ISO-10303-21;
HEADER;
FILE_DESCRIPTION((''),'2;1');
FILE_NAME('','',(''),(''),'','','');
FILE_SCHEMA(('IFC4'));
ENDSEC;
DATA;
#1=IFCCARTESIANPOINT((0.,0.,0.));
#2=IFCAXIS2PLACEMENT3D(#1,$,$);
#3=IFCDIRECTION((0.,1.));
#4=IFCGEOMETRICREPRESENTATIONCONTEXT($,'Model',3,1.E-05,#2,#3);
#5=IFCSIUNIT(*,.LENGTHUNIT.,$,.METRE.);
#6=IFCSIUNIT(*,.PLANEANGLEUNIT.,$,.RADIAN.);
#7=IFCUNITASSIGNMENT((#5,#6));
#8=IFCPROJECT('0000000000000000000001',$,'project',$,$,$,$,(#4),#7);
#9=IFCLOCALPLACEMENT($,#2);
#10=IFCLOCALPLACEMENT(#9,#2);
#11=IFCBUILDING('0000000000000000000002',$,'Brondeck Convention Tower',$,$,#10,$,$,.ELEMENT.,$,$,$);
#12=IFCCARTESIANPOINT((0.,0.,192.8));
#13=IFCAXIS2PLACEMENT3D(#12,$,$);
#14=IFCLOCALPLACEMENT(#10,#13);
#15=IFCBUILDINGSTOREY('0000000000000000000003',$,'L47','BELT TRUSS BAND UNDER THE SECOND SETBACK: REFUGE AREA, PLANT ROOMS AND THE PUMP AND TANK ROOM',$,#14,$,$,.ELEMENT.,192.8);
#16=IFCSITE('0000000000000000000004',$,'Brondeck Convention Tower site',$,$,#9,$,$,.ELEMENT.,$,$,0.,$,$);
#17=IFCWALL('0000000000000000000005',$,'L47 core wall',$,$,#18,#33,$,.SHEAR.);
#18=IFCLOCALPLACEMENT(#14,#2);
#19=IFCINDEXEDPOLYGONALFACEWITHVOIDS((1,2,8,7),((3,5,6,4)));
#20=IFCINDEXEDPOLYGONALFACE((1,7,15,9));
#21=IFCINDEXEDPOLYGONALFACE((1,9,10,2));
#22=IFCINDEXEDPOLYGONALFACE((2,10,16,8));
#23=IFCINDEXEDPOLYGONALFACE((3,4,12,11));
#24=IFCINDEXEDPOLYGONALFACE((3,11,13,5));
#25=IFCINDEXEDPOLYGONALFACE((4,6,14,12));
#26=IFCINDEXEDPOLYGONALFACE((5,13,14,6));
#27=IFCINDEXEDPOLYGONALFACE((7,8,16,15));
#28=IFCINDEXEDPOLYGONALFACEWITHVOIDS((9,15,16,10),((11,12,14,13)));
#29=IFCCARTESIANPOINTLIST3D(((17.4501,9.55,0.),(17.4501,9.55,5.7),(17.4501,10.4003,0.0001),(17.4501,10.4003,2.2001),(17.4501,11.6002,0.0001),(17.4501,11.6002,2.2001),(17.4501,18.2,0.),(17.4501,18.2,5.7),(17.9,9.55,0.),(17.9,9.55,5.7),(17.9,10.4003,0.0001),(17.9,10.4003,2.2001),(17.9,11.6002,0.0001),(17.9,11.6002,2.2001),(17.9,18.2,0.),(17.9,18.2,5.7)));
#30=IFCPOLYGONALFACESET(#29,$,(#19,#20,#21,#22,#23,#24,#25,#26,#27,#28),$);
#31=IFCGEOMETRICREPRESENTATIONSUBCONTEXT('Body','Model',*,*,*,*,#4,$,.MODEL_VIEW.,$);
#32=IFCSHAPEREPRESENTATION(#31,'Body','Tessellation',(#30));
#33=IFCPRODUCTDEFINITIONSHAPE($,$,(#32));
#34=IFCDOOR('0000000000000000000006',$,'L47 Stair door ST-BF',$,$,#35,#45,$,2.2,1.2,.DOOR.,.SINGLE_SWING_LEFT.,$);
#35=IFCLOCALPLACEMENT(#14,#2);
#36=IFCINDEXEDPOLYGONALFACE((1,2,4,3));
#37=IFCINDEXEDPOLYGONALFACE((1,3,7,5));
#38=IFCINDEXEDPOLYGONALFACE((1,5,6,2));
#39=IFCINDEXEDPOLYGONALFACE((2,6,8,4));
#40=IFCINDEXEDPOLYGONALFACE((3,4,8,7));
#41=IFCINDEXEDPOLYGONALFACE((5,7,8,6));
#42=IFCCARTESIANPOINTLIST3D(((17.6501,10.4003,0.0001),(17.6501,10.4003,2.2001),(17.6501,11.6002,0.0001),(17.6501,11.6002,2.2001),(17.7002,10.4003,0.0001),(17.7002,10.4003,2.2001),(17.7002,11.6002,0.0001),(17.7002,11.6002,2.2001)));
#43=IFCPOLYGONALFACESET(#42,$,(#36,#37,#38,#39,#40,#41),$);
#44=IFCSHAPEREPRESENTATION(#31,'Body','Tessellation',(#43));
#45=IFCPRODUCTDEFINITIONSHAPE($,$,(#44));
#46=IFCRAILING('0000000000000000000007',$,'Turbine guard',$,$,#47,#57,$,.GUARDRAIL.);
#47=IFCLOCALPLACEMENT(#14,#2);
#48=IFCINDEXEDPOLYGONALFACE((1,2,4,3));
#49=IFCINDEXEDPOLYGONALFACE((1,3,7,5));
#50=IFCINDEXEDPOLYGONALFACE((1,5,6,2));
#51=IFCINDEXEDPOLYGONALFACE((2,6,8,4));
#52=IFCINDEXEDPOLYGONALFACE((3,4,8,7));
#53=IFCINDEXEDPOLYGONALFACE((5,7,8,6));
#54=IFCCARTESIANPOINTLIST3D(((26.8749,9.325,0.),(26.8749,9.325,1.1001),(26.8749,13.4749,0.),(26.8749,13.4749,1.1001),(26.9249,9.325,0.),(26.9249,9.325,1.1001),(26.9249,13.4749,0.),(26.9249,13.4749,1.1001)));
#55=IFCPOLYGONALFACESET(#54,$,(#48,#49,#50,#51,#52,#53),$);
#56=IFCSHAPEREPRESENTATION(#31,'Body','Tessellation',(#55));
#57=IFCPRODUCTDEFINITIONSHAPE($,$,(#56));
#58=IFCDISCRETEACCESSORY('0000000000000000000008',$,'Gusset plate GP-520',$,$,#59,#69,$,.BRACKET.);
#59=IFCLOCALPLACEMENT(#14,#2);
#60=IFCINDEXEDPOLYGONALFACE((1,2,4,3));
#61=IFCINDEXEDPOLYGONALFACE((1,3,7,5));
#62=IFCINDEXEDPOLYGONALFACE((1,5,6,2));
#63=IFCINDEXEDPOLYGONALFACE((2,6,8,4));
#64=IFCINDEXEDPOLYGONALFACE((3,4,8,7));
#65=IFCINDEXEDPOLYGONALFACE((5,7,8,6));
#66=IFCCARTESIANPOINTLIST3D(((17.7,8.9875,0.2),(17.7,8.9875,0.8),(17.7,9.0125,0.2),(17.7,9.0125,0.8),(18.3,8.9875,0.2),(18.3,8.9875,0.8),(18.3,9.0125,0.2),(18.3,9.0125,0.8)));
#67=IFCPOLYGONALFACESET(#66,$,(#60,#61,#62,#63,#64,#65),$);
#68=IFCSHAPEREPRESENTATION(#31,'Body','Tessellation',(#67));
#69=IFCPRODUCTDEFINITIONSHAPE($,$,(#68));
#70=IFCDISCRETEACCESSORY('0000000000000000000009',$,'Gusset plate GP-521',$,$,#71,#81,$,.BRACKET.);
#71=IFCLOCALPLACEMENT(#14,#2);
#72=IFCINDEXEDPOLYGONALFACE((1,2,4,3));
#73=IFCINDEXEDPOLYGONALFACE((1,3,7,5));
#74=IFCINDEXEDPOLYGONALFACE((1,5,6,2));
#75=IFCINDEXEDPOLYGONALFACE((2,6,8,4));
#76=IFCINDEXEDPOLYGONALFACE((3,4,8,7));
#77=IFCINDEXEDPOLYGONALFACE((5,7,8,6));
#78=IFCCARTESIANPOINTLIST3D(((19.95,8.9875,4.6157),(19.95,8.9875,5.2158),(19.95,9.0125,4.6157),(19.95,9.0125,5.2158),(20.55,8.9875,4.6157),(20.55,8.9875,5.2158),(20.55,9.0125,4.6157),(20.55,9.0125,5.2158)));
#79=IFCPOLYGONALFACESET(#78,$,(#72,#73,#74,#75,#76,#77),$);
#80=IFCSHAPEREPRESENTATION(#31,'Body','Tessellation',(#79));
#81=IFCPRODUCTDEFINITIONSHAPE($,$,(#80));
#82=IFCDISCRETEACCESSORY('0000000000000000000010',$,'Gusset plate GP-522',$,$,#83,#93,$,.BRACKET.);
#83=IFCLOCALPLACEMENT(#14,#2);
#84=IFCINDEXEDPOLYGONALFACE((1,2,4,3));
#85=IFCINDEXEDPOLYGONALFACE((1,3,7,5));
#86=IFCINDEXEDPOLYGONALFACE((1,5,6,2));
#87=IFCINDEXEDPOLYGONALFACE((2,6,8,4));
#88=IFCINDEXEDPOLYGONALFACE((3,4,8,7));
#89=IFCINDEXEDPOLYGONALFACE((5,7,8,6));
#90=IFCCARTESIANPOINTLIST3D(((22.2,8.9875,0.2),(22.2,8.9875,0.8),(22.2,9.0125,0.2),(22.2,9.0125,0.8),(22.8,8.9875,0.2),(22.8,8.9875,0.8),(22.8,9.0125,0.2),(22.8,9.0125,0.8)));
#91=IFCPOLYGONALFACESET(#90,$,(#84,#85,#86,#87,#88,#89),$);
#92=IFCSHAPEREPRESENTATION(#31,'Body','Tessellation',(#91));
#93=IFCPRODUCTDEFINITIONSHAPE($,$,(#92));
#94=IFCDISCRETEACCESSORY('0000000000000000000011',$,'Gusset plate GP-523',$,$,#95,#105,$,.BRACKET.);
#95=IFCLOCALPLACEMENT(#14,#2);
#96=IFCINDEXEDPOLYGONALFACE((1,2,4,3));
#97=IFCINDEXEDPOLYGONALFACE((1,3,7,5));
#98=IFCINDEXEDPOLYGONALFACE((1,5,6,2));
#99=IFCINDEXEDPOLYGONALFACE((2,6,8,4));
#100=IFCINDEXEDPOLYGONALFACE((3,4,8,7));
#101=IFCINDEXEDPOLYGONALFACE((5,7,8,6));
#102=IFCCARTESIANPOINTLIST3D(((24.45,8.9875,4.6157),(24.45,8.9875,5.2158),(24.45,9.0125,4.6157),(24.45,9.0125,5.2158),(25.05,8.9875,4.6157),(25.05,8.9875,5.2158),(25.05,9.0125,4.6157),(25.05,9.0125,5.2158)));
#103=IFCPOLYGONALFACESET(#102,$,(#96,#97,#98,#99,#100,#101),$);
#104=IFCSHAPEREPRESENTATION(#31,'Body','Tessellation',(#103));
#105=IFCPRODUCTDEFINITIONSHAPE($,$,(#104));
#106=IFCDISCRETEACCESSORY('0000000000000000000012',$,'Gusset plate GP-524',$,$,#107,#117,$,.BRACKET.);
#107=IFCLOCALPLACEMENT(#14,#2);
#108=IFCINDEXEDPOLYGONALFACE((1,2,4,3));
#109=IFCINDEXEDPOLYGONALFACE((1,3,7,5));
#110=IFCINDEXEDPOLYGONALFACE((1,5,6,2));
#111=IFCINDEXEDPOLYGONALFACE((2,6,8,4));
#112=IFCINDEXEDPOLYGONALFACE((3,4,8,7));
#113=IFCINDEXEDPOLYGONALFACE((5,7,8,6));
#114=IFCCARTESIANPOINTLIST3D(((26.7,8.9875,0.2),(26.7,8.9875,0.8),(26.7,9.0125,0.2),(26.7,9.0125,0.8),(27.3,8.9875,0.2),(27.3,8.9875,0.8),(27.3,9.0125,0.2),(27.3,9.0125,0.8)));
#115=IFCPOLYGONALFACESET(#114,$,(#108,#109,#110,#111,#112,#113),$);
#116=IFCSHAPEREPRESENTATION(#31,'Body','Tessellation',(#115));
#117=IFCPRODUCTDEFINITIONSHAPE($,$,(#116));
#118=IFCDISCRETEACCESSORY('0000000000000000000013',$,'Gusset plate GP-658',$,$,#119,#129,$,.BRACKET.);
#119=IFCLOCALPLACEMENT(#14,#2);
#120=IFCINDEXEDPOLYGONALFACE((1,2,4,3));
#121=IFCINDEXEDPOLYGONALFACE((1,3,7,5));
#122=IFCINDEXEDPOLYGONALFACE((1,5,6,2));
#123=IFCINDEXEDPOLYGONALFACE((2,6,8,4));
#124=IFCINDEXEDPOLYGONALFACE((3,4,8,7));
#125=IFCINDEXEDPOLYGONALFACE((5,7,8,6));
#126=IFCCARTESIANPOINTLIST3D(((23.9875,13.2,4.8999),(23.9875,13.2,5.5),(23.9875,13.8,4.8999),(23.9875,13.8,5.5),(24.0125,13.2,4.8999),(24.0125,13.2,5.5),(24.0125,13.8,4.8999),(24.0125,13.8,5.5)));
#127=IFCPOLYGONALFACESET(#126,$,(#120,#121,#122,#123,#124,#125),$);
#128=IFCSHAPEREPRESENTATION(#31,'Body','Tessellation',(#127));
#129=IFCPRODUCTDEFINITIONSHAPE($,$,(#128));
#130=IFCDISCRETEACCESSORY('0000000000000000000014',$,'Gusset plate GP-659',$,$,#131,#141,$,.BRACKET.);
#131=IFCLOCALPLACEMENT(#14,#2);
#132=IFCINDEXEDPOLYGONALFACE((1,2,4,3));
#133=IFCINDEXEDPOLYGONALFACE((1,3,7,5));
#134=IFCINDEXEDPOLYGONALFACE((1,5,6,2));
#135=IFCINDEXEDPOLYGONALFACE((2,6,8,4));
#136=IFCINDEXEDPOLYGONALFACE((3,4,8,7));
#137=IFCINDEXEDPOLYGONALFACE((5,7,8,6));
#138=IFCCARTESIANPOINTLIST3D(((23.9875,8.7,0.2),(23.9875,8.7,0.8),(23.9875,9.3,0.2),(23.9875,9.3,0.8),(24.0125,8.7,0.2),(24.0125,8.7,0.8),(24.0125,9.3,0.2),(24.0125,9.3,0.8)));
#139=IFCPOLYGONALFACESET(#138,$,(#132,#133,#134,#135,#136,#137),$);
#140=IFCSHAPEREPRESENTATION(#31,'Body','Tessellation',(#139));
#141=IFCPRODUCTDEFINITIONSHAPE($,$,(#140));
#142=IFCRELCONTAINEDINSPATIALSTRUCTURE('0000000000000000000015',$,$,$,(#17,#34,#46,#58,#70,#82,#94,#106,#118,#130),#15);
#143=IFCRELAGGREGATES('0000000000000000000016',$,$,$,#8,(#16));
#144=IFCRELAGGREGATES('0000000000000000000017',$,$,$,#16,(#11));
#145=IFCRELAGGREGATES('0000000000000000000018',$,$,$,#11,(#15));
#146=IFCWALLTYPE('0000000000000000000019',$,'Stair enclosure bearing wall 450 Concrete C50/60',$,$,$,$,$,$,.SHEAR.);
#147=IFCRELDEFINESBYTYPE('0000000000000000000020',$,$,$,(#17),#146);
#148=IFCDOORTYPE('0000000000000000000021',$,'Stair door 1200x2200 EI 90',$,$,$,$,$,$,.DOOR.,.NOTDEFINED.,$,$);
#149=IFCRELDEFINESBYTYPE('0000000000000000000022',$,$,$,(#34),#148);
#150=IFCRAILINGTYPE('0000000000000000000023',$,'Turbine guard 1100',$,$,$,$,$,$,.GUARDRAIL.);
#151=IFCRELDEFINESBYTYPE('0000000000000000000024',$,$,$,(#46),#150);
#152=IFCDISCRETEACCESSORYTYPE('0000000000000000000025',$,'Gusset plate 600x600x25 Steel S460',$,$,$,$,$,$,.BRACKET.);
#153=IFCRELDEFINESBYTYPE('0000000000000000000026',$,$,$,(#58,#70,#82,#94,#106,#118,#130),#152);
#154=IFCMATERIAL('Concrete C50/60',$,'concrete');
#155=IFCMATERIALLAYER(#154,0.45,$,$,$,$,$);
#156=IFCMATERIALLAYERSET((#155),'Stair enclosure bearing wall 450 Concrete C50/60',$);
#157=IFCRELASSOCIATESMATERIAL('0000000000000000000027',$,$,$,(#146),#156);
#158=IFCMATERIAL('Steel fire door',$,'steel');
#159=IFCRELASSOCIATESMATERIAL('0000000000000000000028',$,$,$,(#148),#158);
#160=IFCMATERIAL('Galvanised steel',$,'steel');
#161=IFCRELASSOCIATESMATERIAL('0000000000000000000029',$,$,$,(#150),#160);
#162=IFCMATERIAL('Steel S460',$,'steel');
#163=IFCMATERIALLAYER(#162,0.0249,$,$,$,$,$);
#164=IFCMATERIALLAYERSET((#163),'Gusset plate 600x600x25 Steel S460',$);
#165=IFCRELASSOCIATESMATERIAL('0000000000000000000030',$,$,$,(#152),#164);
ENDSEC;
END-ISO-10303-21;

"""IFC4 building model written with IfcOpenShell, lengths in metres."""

from ifc_helpers import new_model, si_unit, direction, frame, frame_2d, origin, origin_2d, place, context, subcontext, project, spatial, rectangle, extrude, material, layer, layer_set, type_object, element, fill, save


model = new_model("IFC4")

# Units and contexts
model_context = context("Model", 3, precision=1e-05, world=origin(), true_north=direction((0.0, 1.0)))
body_context = subcontext(model_context, "Body", "Model", "MODEL_VIEW")
ifc_project = project(units=[si_unit("LENGTHUNIT", "METRE"), si_unit("PLANEANGLEUNIT", "RADIAN")], contexts=[model_context])

# Site, building, storey
site_placement = place(None, origin())
site = spatial("IfcSite", under=ifc_project, at=site_placement, Name="Brondeck Convention Tower site", CompositionType="ELEMENT", RefElevation=0.0)
building_placement = place(site_placement, origin())
building = spatial("IfcBuilding", under=site, at=building_placement, Name="Brondeck Convention Tower", CompositionType="ELEMENT")
storey_placement = place(building_placement, frame((0.0, 0.0, 192.8)))
storey = spatial("IfcBuildingStorey", under=building, at=storey_placement, Name="L47", Description="BELT TRUSS BAND UNDER THE SECOND SETBACK: REFUGE AREA, PLANT ROOMS AND THE PUMP AND TANK ROOM", CompositionType="ELEMENT", Elevation=192.8)

# Shared definitions
ifc_material_1 = material(Name="Steel S460", Category="steel")

# Wall, opening, door
ifc_material_2 = material(Name="Concrete C50/60", Category="concrete")
ifc_layer_1 = layer(ifc_material_2, 0.45)
ifc_layer_set_1 = layer_set([ifc_layer_1], Name="Stair enclosure bearing wall 450 Concrete C50/60")
wall_type = type_object("IfcWallType", Name="Stair enclosure bearing wall 450 Concrete C50/60", PredefinedType="SHEAR", material=ifc_layer_set_1)
wall_placement = place(storey_placement, frame((17.675, 9.55, 0.0), z_axis=(0.0, 0.0, 1.0), x_axis=(0.0, 1.0, 0.0)))
wall = element("IfcWall", 1, at=wall_placement, inside=storey, type_object=wall_type, Name="L47 core wall", PredefinedType="SHEAR", context=body_context, shape_type="SweptSolid", body=[
    extrude(rectangle(XDim=8.6499, YDim=0.45, at=frame_2d((4.325, 0.0))), origin(), (0.0, 0.0, 1.0), 5.7),
])
opening_placement = place(wall_placement, frame((0.8501, 0.0, 0.0)))
opening = element("IfcOpeningElement", 2, at=opening_placement, cuts=wall, PredefinedType="OPENING", context=body_context, shape_type="SweptSolid", body=[
    extrude(rectangle(XDim=1.2, YDim=2.2, at=frame_2d((0.6001, 1.1001))), frame((0.0, 0.2349, 0.0), z_axis=(0.0, -1.0, 0.0), x_axis=(1.0, 0.0, 0.0)), (0.0, 0.0, 1.0), 0.47),
])
ifc_material_3 = material(Name="Steel fire door", Category="steel")
door_type = type_object("IfcDoorType", Name="Stair door 1200x2200 EI 90", OperationType="NOTDEFINED", PredefinedType="DOOR", material=ifc_material_3)
door_placement = place(opening_placement, origin())
door = element("IfcDoor", 3, at=door_placement, inside=storey, type_object=door_type, Name="L47 Stair door ST-BF", OperationType="SINGLE_SWING_LEFT", OverallHeight=2.2, OverallWidth=1.2, PredefinedType="DOOR", context=body_context, shape_type="SweptSolid", body=[
    extrude(rectangle(XDim=1.2, YDim=2.2, at=frame_2d((0.6001, 1.1001))), frame((0.0, 0.0249, 0.0), z_axis=(0.0, -1.0, 0.0), x_axis=(1.0, 0.0, 0.0)), (0.0, 0.0, 1.0), 0.05),
])
fill(opening, door)

# Railing
ifc_material_4 = material(Name="Galvanised steel", Category="steel")
railing_type = type_object("IfcRailingType", Name="Turbine guard 1100", PredefinedType="GUARDRAIL", material=ifc_material_4)
railing_placement = place(storey_placement, frame((26.8999, 11.3999, 0.0), z_axis=(0.0, 0.0, 1.0), x_axis=(1.0, 0.0, 0.0)))
element("IfcRailing", 4, at=railing_placement, inside=storey, type_object=railing_type, Name="Turbine guard", PredefinedType="GUARDRAIL", context=body_context, shape_type="SweptSolid", body=[
    extrude(rectangle(XDim=0.05, YDim=4.1499, at=origin_2d()), origin(), (0.0, 0.0, 1.0), 1.1001),
])

# Discrete accessories
ifc_layer_2 = layer(ifc_material_1, 0.0249)
ifc_layer_set_2 = layer_set([ifc_layer_2], Name="Gusset plate 600x600x25 Steel S460")
discrete_accessory_type = type_object("IfcDiscreteAccessoryType", Name="Gusset plate 600x600x25 Steel S460", PredefinedType="BRACKET", material=ifc_layer_set_2)
for number, where, z_axis, x_axis, name in (
    (5, (18.0, 9.0, 0.2), (0.0, 0.0, 1.0), (1.0, 0.0, 0.0), "Gusset plate GP-520"),
    (6, (20.25, 9.0, 4.6157), (0.0, 0.0, 1.0), (1.0, 0.0, 0.0), "Gusset plate GP-521"),
    (7, (22.5, 9.0, 0.2), (0.0, 0.0, 1.0), (1.0, 0.0, 0.0), "Gusset plate GP-522"),
    (8, (24.75, 9.0, 4.6157), (0.0, 0.0, 1.0), (1.0, 0.0, 0.0), "Gusset plate GP-523"),
    (9, (27.0, 9.0, 0.2), (0.0, 0.0, 1.0), (1.0, 0.0, 0.0), "Gusset plate GP-524"),
    (10, (24.0, 13.5, 4.8999), (0.0, 0.0, 1.0), (0.0, 1.0, 0.0), "Gusset plate GP-658"),
    (11, (24.0, 9.0, 0.2), (0.0, 0.0, 1.0), (0.0, 1.0, 0.0), "Gusset plate GP-659"),
):
    element("IfcDiscreteAccessory", number, at=place(storey_placement, frame(where, z_axis=z_axis, x_axis=x_axis)), inside=storey, type_object=discrete_accessory_type, Name=name, PredefinedType="BRACKET", context=body_context, shape_type="SweptSolid", body=[
        extrude(rectangle(XDim=0.6001, YDim=0.0249, at=origin_2d()), origin(), (0.0, 0.0, 1.0), 0.6001),
    ])

save(model, "model.ifc")
